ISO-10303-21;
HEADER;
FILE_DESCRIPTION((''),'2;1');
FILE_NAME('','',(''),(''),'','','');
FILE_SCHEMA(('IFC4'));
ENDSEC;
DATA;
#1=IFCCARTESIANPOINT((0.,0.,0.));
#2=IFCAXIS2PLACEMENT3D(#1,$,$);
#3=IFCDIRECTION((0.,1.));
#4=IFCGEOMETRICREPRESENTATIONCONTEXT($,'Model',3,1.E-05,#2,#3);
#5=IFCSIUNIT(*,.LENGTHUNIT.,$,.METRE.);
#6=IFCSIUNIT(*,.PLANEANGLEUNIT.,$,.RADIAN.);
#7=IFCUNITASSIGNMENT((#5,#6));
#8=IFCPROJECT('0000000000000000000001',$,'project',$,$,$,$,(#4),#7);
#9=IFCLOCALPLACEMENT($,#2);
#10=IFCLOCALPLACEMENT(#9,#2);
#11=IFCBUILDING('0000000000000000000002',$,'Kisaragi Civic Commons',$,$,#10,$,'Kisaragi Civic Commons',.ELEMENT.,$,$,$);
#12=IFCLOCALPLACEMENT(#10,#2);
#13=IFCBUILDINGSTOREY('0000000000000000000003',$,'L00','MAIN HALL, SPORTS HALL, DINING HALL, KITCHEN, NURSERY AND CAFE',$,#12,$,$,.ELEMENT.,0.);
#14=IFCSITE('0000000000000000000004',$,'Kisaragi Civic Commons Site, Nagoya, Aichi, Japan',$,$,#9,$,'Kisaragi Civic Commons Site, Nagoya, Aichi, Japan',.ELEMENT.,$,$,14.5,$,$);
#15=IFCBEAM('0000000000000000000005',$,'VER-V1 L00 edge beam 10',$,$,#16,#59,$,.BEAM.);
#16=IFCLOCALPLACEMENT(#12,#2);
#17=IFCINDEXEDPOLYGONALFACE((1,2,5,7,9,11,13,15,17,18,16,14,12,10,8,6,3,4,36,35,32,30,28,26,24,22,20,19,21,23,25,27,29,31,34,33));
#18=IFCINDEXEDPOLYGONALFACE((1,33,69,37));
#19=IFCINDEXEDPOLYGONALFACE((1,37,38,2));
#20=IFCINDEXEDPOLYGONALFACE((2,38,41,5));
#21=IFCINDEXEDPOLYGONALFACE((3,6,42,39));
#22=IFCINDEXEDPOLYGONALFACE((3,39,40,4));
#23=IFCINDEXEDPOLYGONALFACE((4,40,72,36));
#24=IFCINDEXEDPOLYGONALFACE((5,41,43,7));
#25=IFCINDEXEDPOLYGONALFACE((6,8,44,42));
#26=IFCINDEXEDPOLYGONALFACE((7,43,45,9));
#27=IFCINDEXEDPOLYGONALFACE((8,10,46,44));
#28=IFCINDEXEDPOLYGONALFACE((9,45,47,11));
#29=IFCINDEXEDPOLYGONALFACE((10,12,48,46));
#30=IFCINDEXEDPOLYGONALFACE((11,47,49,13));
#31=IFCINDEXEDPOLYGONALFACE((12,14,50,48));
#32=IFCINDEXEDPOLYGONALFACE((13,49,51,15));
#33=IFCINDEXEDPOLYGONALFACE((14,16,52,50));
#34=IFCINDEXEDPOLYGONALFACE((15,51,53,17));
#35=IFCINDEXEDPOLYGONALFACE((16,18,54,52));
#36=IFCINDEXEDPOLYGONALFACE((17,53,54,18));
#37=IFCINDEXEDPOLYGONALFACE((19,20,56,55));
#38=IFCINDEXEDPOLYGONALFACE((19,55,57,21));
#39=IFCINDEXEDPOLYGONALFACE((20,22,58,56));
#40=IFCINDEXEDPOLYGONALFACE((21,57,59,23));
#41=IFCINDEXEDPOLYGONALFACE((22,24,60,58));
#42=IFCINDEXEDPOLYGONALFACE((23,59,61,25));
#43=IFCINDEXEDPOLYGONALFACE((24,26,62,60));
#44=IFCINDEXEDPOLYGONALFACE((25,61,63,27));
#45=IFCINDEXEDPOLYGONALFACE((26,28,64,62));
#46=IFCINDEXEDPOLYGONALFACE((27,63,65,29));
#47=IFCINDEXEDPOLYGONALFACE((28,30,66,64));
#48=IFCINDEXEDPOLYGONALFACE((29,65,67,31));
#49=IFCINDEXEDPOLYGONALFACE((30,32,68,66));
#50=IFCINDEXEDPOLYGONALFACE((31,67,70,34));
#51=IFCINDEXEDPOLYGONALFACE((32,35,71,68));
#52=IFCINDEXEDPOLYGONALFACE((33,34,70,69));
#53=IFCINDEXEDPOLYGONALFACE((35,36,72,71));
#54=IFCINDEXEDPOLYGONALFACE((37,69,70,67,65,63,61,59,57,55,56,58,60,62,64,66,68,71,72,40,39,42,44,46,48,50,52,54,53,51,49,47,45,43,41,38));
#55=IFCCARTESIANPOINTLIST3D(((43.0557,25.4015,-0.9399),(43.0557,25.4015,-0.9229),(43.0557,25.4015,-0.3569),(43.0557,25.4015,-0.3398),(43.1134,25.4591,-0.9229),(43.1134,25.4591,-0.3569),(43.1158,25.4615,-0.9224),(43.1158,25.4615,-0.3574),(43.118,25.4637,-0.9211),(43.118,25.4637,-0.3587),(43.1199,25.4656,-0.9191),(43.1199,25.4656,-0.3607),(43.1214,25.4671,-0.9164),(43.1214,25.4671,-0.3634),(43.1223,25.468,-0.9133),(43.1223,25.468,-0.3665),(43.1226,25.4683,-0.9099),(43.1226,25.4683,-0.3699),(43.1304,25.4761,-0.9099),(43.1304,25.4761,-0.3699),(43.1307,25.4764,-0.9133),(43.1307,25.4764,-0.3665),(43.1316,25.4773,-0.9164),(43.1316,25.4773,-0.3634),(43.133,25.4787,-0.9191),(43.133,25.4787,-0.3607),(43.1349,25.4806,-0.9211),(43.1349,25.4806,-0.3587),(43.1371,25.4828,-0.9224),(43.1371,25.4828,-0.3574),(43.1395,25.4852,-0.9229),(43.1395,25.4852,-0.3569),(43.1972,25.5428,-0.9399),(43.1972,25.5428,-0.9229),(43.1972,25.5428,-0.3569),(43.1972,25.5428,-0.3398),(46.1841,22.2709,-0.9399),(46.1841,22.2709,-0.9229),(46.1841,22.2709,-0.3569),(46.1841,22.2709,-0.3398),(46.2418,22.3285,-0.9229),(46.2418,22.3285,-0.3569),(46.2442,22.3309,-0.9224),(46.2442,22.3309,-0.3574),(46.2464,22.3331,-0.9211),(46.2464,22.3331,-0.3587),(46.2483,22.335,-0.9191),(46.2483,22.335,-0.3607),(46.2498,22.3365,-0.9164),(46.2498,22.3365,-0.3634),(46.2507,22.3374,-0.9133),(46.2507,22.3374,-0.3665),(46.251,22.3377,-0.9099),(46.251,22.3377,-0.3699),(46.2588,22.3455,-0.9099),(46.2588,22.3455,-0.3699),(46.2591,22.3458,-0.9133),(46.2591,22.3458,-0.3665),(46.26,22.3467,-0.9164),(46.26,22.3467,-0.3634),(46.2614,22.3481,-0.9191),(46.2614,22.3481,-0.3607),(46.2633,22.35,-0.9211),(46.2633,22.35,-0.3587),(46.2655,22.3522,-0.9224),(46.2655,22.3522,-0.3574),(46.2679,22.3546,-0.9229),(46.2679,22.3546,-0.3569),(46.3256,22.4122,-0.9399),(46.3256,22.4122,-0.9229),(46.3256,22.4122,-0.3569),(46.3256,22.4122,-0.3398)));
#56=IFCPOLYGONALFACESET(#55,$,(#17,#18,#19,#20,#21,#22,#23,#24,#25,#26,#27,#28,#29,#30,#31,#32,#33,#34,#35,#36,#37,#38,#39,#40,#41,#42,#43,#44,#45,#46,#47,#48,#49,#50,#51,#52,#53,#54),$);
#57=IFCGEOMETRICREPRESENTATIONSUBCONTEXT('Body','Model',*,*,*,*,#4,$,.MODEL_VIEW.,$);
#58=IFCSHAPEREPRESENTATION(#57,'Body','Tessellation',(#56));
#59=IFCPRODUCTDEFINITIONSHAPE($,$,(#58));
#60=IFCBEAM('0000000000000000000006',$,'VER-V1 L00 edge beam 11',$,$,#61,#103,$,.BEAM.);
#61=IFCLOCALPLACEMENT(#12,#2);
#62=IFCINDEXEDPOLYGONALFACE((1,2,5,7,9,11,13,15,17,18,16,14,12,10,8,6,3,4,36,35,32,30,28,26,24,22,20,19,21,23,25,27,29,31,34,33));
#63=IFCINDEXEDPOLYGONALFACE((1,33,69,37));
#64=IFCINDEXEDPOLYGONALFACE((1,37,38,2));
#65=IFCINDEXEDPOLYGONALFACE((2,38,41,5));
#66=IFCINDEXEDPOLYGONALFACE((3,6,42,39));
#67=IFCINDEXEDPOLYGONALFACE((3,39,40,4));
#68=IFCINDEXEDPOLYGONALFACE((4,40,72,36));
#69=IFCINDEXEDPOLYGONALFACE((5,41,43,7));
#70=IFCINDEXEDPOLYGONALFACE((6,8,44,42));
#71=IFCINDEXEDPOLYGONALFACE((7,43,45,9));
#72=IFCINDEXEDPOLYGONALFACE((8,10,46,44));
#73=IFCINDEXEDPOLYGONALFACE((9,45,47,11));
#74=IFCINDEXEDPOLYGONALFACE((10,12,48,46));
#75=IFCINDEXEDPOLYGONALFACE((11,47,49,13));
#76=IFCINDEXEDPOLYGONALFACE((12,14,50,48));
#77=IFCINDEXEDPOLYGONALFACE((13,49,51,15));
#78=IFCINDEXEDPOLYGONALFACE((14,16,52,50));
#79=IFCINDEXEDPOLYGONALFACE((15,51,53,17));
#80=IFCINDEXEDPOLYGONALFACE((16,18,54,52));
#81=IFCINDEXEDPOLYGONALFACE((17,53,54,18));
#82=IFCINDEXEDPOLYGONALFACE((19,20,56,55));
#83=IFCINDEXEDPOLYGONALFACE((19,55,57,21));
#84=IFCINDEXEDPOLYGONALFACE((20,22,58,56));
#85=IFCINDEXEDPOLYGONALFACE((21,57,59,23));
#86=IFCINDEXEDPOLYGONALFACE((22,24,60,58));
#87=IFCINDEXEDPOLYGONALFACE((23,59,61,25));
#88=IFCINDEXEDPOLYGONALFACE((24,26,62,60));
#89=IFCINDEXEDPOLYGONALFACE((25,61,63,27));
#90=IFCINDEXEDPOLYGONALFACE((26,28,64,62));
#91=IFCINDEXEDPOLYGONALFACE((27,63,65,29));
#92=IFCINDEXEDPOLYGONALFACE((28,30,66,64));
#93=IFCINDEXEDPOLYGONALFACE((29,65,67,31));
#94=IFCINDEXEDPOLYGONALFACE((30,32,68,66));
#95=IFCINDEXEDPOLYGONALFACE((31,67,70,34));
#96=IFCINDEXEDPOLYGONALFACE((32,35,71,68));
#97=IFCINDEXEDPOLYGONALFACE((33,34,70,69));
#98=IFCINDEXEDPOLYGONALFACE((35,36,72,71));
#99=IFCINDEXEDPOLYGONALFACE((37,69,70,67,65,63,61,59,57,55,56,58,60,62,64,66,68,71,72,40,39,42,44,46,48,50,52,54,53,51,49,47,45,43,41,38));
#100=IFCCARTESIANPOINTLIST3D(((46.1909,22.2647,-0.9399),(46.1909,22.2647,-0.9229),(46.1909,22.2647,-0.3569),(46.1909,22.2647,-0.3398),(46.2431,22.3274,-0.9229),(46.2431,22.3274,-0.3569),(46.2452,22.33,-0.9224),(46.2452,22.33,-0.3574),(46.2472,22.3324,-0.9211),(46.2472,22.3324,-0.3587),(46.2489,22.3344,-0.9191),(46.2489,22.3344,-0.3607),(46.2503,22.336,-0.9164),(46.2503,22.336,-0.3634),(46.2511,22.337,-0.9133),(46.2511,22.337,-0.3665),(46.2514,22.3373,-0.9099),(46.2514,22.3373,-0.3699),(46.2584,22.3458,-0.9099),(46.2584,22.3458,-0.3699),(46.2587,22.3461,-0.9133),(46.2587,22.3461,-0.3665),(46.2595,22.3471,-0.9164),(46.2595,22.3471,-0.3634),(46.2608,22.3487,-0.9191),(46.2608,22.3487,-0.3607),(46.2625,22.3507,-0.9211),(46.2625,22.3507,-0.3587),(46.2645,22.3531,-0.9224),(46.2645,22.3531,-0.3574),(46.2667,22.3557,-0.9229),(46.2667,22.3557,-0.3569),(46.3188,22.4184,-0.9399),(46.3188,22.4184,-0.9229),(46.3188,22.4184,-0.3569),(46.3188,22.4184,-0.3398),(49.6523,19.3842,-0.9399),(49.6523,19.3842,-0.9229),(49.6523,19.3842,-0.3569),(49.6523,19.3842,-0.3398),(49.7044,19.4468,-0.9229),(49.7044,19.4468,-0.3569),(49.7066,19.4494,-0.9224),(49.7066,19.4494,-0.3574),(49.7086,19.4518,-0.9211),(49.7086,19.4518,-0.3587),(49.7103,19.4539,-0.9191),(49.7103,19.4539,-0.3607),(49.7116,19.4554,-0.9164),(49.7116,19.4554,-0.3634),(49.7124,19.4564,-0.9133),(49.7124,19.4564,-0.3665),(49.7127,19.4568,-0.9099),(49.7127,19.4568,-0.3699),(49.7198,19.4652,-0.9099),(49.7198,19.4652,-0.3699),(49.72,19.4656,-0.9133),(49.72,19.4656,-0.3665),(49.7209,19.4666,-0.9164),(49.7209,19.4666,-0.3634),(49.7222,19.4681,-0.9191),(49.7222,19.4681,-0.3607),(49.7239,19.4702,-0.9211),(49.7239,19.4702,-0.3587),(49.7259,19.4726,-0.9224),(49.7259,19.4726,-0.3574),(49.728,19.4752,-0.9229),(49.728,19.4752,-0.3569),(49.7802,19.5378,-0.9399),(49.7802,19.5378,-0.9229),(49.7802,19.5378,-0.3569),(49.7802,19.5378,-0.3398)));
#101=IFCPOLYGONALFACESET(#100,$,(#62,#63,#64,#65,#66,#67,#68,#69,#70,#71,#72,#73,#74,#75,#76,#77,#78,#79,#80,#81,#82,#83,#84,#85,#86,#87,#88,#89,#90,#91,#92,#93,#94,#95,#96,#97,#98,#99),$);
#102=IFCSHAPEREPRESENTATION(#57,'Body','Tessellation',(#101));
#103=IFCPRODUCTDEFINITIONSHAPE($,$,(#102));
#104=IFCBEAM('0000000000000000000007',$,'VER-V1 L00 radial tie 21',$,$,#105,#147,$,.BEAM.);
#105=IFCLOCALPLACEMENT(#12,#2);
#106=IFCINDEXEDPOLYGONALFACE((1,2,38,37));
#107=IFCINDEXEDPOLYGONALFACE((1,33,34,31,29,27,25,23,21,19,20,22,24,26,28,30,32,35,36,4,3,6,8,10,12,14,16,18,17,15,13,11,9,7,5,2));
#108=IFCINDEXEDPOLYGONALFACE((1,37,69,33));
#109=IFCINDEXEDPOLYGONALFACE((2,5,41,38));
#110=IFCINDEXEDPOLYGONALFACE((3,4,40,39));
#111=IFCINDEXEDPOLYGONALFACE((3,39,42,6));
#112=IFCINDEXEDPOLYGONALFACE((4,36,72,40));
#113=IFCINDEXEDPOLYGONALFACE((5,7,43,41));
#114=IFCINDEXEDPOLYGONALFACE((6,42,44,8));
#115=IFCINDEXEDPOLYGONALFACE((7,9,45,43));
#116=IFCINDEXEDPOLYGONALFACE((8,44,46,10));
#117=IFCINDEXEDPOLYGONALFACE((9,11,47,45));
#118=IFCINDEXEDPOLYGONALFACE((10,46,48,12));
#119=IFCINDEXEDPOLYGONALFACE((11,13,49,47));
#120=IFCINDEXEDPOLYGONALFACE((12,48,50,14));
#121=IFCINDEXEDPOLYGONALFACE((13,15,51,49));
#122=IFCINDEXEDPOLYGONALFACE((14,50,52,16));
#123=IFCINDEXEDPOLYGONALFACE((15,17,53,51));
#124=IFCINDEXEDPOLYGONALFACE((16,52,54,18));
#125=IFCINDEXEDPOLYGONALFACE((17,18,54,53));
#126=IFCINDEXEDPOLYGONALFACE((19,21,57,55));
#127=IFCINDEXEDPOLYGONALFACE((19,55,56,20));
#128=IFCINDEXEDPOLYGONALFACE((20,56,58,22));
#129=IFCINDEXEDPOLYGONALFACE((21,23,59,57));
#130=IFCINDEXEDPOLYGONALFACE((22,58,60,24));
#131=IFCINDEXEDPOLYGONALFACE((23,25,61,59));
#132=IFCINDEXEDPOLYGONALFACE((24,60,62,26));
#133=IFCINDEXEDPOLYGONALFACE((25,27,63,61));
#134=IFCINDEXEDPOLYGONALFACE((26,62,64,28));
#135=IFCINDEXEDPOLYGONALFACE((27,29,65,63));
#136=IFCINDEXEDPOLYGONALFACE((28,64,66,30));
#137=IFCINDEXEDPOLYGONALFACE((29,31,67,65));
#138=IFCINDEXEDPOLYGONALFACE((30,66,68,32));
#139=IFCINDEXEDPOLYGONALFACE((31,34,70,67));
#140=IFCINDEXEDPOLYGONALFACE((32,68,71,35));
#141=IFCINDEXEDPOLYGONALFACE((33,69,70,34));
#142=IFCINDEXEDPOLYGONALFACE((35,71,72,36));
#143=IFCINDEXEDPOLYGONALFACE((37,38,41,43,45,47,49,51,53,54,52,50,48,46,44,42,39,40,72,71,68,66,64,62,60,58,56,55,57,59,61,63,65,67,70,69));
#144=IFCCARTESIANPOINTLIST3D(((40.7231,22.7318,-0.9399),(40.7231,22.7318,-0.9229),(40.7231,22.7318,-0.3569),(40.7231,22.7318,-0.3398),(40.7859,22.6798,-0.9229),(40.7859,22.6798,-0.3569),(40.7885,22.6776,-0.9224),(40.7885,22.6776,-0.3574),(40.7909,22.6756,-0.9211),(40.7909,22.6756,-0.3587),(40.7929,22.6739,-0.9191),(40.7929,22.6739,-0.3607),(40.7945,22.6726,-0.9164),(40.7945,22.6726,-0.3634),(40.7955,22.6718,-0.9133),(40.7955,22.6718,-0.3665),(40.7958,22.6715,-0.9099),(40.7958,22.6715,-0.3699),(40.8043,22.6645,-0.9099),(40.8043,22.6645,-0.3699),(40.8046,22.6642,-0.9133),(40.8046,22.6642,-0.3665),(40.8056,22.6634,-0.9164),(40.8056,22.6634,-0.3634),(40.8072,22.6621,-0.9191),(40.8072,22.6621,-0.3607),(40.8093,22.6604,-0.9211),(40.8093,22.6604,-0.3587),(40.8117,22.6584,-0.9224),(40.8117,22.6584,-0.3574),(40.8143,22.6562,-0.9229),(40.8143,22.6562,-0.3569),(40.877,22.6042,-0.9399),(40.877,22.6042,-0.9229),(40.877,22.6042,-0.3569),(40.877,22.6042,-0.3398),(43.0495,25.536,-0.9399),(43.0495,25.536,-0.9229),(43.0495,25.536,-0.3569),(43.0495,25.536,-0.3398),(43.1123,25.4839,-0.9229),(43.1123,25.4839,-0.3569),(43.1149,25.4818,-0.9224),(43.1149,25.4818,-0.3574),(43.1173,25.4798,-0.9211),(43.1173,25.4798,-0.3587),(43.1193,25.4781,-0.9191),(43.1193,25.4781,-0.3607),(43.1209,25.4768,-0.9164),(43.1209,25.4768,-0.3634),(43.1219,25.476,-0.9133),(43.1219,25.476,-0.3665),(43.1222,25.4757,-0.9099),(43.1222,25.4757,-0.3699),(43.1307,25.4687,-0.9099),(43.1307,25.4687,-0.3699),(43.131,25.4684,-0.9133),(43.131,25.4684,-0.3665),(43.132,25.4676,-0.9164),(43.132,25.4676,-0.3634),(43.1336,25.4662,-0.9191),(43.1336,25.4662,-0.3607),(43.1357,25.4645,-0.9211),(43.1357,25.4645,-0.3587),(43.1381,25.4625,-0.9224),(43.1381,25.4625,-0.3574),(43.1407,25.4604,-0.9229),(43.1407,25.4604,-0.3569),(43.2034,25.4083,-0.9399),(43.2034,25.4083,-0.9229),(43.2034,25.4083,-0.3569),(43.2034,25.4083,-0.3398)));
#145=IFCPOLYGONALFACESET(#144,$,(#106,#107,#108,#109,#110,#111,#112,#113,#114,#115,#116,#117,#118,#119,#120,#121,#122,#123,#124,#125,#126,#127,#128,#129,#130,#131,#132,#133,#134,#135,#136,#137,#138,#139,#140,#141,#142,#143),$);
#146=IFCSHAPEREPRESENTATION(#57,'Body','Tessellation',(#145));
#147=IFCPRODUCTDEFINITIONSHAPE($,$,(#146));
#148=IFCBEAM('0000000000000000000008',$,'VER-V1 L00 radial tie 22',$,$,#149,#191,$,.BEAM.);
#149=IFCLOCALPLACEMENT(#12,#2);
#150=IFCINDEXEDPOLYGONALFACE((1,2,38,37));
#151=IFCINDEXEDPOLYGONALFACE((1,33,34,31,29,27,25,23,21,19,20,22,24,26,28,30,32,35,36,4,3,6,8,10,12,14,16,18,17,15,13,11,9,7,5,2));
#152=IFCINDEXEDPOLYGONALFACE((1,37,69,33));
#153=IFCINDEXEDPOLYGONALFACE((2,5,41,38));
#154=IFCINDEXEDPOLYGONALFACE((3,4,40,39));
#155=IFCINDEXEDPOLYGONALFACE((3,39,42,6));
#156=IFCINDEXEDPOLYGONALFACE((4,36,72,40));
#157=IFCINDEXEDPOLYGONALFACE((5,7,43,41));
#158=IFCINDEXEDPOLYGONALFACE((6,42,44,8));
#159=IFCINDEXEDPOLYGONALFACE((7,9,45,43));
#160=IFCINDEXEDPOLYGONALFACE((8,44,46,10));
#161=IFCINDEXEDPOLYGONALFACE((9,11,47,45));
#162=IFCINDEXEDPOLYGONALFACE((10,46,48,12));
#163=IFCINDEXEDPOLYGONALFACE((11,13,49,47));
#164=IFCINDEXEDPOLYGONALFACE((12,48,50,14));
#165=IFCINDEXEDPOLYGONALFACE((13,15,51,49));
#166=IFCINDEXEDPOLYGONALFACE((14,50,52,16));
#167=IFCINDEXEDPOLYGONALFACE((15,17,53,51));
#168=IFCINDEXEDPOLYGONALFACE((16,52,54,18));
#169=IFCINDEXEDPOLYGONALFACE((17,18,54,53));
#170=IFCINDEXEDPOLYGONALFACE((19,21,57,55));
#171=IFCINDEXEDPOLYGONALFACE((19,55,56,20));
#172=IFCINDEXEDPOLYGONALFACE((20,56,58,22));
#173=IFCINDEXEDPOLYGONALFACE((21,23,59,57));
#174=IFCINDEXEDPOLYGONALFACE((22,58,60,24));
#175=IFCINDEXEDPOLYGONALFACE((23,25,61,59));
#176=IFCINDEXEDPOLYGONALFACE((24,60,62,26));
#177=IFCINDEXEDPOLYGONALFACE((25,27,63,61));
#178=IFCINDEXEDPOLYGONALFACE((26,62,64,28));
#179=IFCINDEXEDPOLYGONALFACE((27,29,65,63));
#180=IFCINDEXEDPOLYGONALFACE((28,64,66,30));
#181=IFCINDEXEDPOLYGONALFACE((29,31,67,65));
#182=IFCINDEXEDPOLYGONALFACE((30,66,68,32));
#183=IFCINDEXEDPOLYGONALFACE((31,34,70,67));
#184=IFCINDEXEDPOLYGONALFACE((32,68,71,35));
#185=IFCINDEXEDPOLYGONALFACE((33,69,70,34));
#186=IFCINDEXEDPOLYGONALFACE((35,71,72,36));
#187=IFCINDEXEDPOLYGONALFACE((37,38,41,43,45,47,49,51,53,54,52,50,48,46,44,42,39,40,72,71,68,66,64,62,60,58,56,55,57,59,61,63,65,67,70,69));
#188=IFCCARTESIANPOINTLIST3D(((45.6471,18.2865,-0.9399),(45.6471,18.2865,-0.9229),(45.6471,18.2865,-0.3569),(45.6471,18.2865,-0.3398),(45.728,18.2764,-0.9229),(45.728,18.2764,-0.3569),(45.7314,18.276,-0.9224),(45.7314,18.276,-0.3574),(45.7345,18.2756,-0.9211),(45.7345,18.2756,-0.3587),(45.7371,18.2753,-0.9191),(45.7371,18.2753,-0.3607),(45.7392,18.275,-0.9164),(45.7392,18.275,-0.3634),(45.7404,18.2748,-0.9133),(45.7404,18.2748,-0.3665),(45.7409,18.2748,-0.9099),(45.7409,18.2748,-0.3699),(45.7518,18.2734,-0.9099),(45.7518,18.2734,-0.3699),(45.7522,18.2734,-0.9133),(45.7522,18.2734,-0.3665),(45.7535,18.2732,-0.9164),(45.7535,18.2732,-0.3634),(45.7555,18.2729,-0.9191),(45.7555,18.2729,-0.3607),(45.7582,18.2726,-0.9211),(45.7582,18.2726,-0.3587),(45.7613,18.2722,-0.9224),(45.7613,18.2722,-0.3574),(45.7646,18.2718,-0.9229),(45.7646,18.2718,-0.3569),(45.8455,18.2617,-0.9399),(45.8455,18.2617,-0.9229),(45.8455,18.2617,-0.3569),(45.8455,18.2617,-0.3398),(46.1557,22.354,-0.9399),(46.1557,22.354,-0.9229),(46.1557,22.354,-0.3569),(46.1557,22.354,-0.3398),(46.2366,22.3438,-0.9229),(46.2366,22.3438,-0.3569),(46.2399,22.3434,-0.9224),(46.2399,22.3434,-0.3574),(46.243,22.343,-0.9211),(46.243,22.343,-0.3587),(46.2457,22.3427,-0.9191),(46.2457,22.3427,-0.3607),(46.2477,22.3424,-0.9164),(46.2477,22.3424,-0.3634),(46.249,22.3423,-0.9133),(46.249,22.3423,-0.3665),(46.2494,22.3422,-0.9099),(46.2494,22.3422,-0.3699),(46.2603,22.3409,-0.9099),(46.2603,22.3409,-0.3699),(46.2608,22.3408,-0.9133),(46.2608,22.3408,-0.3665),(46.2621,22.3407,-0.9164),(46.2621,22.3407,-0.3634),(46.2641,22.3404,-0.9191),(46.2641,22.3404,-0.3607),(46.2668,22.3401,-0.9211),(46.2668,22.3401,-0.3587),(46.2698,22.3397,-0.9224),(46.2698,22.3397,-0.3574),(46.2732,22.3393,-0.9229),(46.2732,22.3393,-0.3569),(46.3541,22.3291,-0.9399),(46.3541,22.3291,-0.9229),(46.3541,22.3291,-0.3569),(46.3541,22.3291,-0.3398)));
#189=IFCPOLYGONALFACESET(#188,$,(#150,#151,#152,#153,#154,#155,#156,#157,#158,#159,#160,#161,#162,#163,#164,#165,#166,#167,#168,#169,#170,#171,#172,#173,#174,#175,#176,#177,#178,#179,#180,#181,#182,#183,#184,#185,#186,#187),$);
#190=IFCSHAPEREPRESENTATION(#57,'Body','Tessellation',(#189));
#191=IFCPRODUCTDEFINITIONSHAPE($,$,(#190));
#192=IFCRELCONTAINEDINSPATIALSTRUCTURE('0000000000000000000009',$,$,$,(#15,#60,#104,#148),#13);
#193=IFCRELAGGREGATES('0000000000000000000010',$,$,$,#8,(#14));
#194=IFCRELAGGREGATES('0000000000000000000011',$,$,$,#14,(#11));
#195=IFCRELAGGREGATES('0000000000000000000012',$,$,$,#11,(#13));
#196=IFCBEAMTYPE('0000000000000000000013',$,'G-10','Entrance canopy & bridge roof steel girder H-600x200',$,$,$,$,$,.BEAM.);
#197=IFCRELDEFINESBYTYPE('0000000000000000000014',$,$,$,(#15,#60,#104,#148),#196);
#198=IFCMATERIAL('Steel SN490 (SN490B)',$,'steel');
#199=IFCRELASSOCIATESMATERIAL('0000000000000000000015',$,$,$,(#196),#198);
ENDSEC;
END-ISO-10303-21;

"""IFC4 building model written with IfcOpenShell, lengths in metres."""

from ifc_helpers import new_model, si_unit, direction, frame, origin, origin_2d, place, context, subcontext, project, spatial, i_section, extrude, material, material_profile, profile_set, type_object, element, save


model = new_model("IFC4")

# Units and contexts
model_context = context("Model", 3, precision=1e-05, world=origin(), true_north=direction((0.0, 1.0)))
body_context = subcontext(model_context, "Body", "Model", "MODEL_VIEW")
ifc_project = project(units=[si_unit("LENGTHUNIT", "METRE"), si_unit("PLANEANGLEUNIT", "RADIAN")], contexts=[model_context])

# Site, building, storey
site_placement = place(None, origin())
site = spatial("IfcSite", under=ifc_project, at=site_placement, Name="Kisaragi Civic Commons Site, Nagoya, Aichi, Japan", LongName="Kisaragi Civic Commons Site, Nagoya, Aichi, Japan", CompositionType="ELEMENT", RefElevation=14.5)
building_placement = place(site_placement, origin())
building = spatial("IfcBuilding", under=site, at=building_placement, Name="Kisaragi Civic Commons", LongName="Kisaragi Civic Commons", CompositionType="ELEMENT")
storey_placement = place(building_placement, origin())
storey = spatial("IfcBuildingStorey", under=building, at=storey_placement, Name="L00", Description="MAIN HALL, SPORTS HALL, DINING HALL, KITCHEN, NURSERY AND CAFE", CompositionType="ELEMENT", Elevation=0.0)

# Shared definitions
ifc_material_1 = material(Name="Steel SN490 (SN490B)", Category="steel")

# Beams
ifc_material_profile_1 = material_profile(ifc_material_1, i_section(OverallWidth=0.2, OverallDepth=0.6001, WebThickness=0.011, FlangeThickness=0.0171, FilletRadius=0.0129, at=origin_2d()), Name="H-600x200x11x17", Category="steel")
ifc_profile_set_1 = profile_set([ifc_material_profile_1], Name="Steel SN490 (SN490B)")
beam_type_1 = type_object("IfcBeamType", Name="G-10", Description="Entrance canopy & bridge roof steel girder H-600x200", PredefinedType="BEAM", material=ifc_profile_set_1)
beam_1_placement = place(storey_placement, frame((43.1265, 25.4722, -0.6399), z_axis=(0.706859, -0.707355, 0.0), x_axis=(0.707355, 0.706859, 0.0)))
element("IfcBeam", 1, at=beam_1_placement, inside=storey, type_object=beam_type_1, Name="VER-V1 L00 edge beam 10", PredefinedType="BEAM", context=body_context, shape_type="SweptSolid", body=[
    extrude(i_section(OverallWidth=0.2, OverallDepth=0.6001, WebThickness=0.011, FlangeThickness=0.0171, FilletRadius=0.0129, at=origin_2d()), origin(), (0.0, 0.0, 1.0), 4.4258),
])
beam_2_placement = place(storey_placement, frame((46.2549, 22.3416, -0.6399), z_axis=(0.768648, -0.639672, 0.0), x_axis=(0.639672, 0.768648, 0.0)))
element("IfcBeam", 2, at=beam_2_placement, inside=storey, type_object=beam_type_1, Name="VER-V1 L00 edge beam 11", PredefinedType="BEAM", context=body_context, shape_type="SweptSolid", body=[
    extrude(i_section(OverallWidth=0.2, OverallDepth=0.6001, WebThickness=0.011, FlangeThickness=0.0171, FilletRadius=0.0129, at=origin_2d()), origin(), (0.0, 0.0, 1.0), 4.5032),
])
beam_3_placement = place(storey_placement, frame((43.1265, 25.4722, -0.6399), z_axis=(-0.638496, -0.769625, 0.0), x_axis=(0.769625, -0.638496, 0.0)))
element("IfcBeam", 3, at=beam_3_placement, inside=storey, type_object=beam_type_1, Name="VER-V1 L00 radial tie 21", PredefinedType="BEAM", context=body_context, shape_type="SweptSolid", body=[
    extrude(i_section(OverallWidth=0.2, OverallDepth=0.6001, WebThickness=0.011, FlangeThickness=0.0171, FilletRadius=0.0129, at=origin_2d()), origin(), (0.0, 0.0, 1.0), 3.6436),
])
beam_4_placement = place(storey_placement, frame((46.2549, 22.3416, -0.6399), z_axis=(-0.124064, -0.992274, 0.0), x_axis=(0.992274, -0.124064, 0.0)))
element("IfcBeam", 4, at=beam_4_placement, inside=storey, type_object=beam_type_1, Name="VER-V1 L00 radial tie 22", PredefinedType="BEAM", context=body_context, shape_type="SweptSolid", body=[
    extrude(i_section(OverallWidth=0.2, OverallDepth=0.6001, WebThickness=0.011, FlangeThickness=0.0171, FilletRadius=0.0129, at=origin_2d()), origin(), (0.0, 0.0, 1.0), 4.0991),
])

save(model, "model.ifc")
